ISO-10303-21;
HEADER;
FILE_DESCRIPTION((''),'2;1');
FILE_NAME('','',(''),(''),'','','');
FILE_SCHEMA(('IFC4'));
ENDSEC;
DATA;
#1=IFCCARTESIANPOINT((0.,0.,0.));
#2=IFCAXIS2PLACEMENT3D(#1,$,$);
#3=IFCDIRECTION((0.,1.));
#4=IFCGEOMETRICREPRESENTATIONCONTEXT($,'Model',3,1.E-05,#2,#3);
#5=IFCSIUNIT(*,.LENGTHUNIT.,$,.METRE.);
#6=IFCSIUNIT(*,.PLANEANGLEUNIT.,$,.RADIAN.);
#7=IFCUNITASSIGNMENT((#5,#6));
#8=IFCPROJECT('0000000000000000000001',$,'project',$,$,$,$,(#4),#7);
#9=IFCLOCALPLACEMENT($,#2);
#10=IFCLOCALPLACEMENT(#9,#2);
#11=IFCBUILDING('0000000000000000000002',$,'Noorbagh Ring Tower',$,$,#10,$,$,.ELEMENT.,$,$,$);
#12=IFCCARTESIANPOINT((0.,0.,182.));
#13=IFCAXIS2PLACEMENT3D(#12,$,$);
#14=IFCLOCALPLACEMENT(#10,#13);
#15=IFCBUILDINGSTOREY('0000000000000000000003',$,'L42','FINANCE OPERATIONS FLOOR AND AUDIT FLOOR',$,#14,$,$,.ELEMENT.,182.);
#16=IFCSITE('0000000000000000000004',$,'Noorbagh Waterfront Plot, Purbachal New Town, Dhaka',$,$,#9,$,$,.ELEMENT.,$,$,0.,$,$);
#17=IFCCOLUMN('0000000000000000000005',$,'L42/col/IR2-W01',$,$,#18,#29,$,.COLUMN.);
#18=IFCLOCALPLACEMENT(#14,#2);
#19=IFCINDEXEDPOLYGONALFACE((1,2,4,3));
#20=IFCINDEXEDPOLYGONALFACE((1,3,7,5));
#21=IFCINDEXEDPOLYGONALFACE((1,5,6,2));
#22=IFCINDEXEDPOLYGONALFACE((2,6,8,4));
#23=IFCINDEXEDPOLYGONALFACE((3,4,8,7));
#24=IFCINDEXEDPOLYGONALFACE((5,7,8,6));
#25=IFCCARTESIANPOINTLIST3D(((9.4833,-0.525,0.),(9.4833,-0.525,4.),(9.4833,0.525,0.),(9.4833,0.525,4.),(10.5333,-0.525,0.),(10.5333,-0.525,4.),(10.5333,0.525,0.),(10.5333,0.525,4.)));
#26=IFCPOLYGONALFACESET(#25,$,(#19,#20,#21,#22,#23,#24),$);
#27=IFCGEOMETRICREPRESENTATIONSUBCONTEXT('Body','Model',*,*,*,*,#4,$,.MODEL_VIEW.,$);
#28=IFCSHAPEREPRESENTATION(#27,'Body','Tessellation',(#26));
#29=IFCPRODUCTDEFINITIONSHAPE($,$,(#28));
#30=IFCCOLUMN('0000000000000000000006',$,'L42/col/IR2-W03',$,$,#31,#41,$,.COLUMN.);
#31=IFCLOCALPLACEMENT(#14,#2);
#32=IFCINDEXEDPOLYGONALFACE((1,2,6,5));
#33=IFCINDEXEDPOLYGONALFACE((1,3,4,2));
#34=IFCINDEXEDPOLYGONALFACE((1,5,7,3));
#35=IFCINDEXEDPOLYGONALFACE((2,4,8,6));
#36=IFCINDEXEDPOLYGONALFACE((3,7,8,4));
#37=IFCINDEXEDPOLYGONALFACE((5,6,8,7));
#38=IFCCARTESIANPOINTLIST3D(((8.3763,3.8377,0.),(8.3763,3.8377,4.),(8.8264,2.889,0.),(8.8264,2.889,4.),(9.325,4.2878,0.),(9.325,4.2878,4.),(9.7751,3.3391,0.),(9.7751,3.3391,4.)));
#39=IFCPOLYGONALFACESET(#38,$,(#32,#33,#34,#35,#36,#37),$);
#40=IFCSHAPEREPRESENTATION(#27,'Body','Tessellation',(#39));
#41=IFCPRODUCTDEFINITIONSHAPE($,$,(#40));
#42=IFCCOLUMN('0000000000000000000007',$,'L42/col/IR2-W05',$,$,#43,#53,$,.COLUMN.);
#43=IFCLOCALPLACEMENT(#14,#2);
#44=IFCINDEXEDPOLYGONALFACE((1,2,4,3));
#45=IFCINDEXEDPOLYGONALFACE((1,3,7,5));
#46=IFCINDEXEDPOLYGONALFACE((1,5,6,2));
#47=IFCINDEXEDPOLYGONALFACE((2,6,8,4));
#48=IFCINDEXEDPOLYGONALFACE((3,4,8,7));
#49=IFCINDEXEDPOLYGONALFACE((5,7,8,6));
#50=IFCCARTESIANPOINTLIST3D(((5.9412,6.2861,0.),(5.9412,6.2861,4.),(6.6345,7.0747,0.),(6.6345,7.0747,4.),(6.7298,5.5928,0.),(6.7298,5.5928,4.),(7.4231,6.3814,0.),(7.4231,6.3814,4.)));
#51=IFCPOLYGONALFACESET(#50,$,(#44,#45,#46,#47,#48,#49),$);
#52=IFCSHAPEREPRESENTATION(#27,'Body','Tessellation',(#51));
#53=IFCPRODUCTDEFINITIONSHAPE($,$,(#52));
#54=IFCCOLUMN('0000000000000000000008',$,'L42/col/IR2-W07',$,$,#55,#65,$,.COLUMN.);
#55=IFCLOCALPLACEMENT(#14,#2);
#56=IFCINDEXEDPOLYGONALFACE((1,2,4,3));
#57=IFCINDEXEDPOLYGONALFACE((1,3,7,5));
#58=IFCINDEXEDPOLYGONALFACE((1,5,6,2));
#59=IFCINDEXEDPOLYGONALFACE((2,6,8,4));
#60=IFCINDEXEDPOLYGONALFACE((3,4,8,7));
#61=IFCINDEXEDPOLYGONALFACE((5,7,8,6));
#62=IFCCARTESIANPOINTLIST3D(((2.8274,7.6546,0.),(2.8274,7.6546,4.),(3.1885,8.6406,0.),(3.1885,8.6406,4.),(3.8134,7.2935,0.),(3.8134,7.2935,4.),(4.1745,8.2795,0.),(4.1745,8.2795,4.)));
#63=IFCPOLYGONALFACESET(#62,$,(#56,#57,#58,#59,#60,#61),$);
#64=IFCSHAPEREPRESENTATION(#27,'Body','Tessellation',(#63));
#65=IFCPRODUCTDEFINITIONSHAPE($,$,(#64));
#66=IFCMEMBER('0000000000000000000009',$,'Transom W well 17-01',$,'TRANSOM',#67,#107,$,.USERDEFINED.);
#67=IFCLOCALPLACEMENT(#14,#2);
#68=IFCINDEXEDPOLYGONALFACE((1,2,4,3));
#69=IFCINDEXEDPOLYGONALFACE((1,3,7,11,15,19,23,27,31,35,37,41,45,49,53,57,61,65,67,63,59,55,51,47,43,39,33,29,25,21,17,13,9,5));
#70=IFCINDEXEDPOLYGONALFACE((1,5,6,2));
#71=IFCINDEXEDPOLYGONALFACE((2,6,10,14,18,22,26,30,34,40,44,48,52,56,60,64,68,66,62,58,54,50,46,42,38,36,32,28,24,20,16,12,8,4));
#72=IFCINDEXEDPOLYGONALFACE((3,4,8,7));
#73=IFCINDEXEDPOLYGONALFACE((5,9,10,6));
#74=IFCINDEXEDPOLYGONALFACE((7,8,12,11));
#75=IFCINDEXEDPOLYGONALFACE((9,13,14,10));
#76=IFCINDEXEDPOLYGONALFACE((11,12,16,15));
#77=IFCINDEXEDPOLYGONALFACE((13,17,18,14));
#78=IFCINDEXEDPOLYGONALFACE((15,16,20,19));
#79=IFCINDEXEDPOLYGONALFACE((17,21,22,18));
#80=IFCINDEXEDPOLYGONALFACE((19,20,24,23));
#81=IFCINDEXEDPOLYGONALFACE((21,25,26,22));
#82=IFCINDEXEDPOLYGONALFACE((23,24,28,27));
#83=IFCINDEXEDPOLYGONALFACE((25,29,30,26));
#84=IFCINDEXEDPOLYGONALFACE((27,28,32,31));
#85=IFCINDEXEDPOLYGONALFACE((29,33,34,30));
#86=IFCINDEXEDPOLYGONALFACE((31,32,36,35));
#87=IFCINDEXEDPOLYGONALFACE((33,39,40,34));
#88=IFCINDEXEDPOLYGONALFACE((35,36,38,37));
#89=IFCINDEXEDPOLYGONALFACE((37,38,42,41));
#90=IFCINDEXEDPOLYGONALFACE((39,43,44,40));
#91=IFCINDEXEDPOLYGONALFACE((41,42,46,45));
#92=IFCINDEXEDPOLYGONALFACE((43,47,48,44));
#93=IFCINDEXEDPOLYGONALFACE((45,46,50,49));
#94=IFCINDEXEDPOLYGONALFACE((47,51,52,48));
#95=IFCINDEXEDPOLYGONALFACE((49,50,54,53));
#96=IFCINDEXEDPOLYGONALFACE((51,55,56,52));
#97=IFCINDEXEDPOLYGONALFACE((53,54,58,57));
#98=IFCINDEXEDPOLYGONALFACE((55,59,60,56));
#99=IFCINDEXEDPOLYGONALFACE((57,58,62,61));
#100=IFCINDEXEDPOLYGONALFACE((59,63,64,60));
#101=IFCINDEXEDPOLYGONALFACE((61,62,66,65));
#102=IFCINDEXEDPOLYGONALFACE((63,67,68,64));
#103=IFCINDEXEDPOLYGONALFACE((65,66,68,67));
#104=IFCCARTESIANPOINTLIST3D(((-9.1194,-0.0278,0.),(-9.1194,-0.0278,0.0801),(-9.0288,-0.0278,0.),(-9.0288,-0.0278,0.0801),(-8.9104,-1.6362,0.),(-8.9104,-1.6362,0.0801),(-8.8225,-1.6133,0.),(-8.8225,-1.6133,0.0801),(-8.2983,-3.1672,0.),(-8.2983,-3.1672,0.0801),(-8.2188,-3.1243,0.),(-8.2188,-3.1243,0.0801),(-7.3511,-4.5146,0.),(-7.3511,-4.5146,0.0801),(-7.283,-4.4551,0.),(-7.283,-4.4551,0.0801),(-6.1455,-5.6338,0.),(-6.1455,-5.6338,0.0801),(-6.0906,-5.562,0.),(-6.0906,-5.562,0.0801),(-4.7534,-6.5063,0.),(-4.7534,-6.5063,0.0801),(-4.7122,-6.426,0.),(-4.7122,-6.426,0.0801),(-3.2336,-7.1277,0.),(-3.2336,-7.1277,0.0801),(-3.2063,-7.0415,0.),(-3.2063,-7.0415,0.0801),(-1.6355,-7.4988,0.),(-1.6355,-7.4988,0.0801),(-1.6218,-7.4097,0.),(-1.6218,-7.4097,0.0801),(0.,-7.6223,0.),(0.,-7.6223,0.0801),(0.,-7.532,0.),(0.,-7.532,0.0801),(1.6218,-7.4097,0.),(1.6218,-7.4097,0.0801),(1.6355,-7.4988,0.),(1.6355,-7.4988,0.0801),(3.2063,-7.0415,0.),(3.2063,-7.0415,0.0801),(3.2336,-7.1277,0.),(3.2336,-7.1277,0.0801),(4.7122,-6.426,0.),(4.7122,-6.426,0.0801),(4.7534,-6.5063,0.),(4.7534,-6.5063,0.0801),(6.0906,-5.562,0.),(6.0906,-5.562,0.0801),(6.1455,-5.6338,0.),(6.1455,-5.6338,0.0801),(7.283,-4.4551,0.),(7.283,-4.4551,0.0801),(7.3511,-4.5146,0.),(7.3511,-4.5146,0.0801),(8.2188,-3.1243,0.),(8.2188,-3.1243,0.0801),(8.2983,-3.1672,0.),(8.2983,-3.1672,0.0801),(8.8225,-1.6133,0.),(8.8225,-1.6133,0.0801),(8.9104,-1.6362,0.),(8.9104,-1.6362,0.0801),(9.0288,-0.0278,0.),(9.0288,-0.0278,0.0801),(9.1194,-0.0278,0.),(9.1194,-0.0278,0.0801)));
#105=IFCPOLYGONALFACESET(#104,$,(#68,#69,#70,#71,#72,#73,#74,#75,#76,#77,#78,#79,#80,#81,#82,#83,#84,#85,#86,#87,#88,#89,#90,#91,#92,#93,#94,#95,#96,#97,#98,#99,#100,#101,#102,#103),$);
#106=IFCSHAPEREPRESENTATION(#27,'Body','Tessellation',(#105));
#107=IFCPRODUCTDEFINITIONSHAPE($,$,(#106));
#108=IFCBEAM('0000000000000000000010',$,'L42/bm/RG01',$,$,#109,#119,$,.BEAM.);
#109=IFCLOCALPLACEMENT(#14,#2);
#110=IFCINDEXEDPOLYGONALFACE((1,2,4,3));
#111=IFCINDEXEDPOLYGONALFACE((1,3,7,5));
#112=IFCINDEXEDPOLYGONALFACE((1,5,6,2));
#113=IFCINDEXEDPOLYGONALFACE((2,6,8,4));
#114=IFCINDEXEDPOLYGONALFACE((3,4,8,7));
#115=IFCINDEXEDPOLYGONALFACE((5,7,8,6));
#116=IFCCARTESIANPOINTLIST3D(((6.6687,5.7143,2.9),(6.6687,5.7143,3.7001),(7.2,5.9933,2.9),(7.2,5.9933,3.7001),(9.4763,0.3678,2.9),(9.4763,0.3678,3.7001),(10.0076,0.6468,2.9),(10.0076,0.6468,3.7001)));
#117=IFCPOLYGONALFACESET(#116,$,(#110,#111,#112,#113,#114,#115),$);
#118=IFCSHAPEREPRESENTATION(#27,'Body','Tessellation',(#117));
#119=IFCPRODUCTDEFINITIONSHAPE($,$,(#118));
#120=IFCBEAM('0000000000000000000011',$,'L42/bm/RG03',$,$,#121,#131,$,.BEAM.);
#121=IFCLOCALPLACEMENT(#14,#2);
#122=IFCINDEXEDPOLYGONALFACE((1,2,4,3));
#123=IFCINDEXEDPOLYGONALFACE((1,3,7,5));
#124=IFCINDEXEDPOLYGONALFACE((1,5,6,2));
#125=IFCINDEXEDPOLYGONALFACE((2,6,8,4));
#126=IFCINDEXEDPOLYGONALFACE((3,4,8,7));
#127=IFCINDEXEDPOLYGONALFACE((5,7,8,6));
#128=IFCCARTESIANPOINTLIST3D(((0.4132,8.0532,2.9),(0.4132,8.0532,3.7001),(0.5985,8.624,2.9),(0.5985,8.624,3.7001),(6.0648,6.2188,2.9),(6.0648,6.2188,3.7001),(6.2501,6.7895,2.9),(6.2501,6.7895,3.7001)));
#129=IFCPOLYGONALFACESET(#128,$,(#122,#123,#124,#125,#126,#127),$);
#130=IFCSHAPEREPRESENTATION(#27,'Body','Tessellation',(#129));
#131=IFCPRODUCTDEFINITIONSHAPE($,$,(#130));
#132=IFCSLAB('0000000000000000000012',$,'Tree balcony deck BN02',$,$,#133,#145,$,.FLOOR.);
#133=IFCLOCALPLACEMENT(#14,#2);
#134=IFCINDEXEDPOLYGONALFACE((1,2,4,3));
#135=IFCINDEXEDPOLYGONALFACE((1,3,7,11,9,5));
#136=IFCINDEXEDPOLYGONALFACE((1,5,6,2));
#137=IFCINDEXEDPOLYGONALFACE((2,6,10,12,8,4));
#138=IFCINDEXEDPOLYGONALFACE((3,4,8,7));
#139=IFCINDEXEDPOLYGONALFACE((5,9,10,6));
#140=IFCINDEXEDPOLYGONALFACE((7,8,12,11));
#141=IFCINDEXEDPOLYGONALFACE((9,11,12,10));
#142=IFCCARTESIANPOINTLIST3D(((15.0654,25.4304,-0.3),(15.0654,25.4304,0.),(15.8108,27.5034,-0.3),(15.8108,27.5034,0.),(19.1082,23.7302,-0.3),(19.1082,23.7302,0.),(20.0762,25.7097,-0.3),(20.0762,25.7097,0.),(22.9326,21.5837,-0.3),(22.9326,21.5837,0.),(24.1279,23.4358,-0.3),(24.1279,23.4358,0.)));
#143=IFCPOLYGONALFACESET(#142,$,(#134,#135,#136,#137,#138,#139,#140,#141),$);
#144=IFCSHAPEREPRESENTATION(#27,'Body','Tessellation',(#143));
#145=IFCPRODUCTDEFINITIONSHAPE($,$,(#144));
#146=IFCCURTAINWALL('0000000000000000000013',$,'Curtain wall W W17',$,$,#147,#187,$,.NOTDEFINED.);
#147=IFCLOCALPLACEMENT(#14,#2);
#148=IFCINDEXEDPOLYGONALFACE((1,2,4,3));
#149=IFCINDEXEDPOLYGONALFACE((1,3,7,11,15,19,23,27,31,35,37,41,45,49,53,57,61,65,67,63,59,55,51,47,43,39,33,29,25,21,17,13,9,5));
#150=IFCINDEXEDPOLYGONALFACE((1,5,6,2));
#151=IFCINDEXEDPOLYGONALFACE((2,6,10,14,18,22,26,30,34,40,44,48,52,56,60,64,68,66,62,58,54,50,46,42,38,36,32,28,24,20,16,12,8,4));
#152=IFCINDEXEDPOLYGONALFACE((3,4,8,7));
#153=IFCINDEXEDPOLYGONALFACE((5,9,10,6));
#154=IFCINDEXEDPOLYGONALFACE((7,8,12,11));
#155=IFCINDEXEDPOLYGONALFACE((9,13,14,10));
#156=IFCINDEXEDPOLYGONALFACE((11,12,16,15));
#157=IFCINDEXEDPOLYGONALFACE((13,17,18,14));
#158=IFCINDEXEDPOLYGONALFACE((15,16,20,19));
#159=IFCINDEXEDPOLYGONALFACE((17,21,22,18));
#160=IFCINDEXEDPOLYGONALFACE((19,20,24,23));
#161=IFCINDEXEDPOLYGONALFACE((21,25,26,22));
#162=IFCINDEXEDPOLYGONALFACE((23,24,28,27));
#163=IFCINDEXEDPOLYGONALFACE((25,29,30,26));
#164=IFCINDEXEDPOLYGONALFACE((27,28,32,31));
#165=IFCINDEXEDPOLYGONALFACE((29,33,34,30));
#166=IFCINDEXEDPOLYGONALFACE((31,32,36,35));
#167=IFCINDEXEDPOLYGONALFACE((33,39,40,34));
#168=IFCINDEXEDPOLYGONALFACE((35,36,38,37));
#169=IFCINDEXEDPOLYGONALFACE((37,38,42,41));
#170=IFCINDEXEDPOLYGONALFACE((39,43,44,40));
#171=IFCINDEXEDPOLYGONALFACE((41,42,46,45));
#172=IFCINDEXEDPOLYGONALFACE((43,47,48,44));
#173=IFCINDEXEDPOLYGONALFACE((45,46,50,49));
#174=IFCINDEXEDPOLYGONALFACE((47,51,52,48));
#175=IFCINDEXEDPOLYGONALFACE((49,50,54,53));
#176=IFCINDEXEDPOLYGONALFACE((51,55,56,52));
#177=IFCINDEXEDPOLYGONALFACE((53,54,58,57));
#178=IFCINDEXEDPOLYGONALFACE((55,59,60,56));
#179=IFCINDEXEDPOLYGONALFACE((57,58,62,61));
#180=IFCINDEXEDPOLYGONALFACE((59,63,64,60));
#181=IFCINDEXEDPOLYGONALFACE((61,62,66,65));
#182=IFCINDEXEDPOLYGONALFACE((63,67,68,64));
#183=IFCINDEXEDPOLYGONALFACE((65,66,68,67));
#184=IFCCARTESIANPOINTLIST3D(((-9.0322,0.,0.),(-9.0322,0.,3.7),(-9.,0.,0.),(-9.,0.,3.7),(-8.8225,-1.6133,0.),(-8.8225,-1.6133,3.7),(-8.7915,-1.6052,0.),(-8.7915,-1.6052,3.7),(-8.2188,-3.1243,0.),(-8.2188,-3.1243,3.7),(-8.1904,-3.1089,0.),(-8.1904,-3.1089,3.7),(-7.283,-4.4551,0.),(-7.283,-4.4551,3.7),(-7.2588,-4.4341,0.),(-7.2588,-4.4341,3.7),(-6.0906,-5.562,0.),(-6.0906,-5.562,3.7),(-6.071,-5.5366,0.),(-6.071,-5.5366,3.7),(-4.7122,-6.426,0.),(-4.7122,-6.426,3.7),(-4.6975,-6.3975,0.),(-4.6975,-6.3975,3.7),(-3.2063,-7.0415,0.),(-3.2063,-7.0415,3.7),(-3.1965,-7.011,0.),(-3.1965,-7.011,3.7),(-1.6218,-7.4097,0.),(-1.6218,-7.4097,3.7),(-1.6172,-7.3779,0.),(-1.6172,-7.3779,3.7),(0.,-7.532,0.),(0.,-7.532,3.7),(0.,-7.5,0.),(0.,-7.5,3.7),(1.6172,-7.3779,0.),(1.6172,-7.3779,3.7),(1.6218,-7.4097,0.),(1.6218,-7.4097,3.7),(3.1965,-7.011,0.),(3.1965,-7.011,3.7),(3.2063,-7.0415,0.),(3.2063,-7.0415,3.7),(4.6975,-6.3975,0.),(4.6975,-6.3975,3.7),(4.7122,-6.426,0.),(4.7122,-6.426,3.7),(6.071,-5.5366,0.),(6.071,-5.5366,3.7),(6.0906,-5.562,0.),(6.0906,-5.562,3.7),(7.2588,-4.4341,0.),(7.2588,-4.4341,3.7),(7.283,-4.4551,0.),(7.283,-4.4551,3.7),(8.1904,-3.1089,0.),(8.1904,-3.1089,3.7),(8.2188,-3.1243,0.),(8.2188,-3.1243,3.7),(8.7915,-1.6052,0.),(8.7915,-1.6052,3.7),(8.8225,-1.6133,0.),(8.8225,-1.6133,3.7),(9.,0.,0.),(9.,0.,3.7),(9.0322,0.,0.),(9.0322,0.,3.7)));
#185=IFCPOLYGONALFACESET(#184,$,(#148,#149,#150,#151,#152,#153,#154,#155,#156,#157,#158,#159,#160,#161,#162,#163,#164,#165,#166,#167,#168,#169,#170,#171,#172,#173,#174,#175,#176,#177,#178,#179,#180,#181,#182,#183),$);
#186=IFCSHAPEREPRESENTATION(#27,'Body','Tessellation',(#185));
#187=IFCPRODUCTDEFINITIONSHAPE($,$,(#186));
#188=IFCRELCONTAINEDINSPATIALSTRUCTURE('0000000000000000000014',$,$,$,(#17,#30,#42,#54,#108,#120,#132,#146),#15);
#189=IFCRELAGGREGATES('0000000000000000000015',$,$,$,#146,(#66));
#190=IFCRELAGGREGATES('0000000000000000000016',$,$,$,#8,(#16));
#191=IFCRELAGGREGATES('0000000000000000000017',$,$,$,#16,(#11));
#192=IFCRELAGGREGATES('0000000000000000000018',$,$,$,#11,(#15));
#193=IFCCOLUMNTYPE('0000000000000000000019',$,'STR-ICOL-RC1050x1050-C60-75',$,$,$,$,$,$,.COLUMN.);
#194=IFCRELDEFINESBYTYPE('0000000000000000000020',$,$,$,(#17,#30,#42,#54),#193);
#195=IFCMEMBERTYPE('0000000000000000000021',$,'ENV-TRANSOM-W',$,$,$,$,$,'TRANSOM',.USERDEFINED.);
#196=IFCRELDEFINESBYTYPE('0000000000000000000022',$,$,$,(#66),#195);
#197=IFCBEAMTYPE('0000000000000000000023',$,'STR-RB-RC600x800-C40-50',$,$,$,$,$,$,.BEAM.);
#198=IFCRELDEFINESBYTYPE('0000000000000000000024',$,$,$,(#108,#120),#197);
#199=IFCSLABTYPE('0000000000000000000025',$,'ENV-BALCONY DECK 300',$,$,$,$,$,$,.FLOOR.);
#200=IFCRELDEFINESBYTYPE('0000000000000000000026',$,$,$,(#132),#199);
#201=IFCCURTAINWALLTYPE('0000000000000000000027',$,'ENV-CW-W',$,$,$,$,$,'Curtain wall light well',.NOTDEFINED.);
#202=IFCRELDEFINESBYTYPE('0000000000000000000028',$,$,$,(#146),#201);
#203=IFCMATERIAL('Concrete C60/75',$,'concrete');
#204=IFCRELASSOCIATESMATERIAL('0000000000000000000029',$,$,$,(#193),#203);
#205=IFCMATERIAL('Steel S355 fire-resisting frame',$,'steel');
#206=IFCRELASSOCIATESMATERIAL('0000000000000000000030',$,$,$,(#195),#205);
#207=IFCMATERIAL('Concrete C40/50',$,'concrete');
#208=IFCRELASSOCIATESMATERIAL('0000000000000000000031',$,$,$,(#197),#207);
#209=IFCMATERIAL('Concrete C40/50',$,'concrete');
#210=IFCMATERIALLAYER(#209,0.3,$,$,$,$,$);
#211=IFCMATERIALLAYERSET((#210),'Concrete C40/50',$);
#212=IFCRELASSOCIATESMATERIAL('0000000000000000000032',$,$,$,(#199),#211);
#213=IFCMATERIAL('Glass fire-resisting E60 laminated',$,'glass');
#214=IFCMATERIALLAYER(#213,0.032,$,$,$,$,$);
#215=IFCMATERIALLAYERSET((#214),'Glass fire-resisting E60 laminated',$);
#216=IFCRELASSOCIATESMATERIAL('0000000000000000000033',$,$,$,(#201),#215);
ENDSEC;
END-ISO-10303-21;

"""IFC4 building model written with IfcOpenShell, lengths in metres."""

from ifc_helpers import new_model, si_unit, direction, frame, origin, origin_2d, place, context, subcontext, project, spatial, polyline, rectangle, outline, extrude, material, layer, layer_set, material_profile, profile_set, type_object, element, aggregate, save


model = new_model("IFC4")

# Units and contexts
model_context = context("Model", 3, precision=1e-05, world=origin(), true_north=direction((0.0, 1.0)))
body_context = subcontext(model_context, "Body", "Model", "MODEL_VIEW")
ifc_project = project(units=[si_unit("LENGTHUNIT", "METRE"), si_unit("PLANEANGLEUNIT", "RADIAN")], contexts=[model_context])

# Site, building, storey
site_placement = place(None, origin())
site = spatial("IfcSite", under=ifc_project, at=site_placement, Name="Noorbagh Waterfront Plot, Purbachal New Town, Dhaka", CompositionType="ELEMENT", RefElevation=0.0)
building_placement = place(site_placement, origin())
building = spatial("IfcBuilding", under=site, at=building_placement, Name="Noorbagh Ring Tower", CompositionType="ELEMENT")
storey_placement = place(building_placement, frame((0.0, 0.0, 182.0)))
storey = spatial("IfcBuildingStorey", under=building, at=storey_placement, Name="L42", Description="FINANCE OPERATIONS FLOOR AND AUDIT FLOOR", CompositionType="ELEMENT", Elevation=182.0)

# Columns
ifc_material_1 = material(Name="Concrete C60/75", Category="concrete")
ifc_material_profile_1 = material_profile(ifc_material_1, rectangle(XDim=1.05, YDim=1.05, at=origin_2d()), Name="RC1050x1050")
ifc_profile_set_1 = profile_set([ifc_material_profile_1], Name="Concrete C60/75")
column_type = type_object("IfcColumnType", Name="STR-ICOL-RC1050x1050-C60-75", PredefinedType="COLUMN", material=ifc_profile_set_1)
for number, where, z_axis, x_axis, name in (
    (1, (10.0083, 0.0, 0.0), (0.0, 0.0, 1.0), (0.0, 1.0, 0.0), "L42/col/IR2-W01"),
    (2, (9.0757, 3.5884, 0.0), (0.0, 0.0, 1.0), (-0.428667, 0.903463, 0.0), "L42/col/IR2-W03"),
    (3, (6.6821, 6.3337, 0.0), (0.0, 0.0, 1.0), (-0.751022, 0.660277, 0.0), "L42/col/IR2-W05"),
    (4, (3.501, 7.967, 0.0), (0.0, 0.0, 1.0), (-0.93902, 0.343864, 0.0), "L42/col/IR2-W07"),
):
    element("IfcColumn", number, at=place(storey_placement, frame(where, z_axis=z_axis, x_axis=x_axis)), inside=storey, type_object=column_type, Name=name, PredefinedType="COLUMN", context=body_context, shape_type="SweptSolid", body=[
        extrude(rectangle(XDim=1.05, YDim=1.05, at=origin_2d()), origin(), (0.0, 0.0, 1.0), 4.0),
    ])

# Member
ifc_material_2 = material(Name="Steel S355 fire-resisting frame", Category="steel")
member_type = type_object("IfcMemberType", Name="ENV-TRANSOM-W", ElementType="TRANSOM", PredefinedType="USERDEFINED", material=ifc_material_2)
member_placement = place(storey_placement, origin())
member = element("IfcMember", 5, at=member_placement, type_object=member_type, Name="Transom W well 17-01", ObjectType="TRANSOM", PredefinedType="USERDEFINED", context=body_context, shape_type="SweptSolid", body=[
    extrude(outline(polyline([(-9.1194, -0.0278), (-8.9104, -1.6362), (-8.2983, -3.1672), (-7.3511, -4.5146), (-6.1455, -5.6338), (-4.7534, -6.5063), (-3.2336, -7.1277), (-1.6355, -7.4988), (0.0, -7.6223), (1.6355, -7.4988), (3.2336, -7.1277), (4.7534, -6.5063), (6.1455, -5.6338), (7.3511, -4.5146), (8.2983, -3.1672), (8.9104, -1.6362), (9.1194, -0.0278), (9.0288, -0.0278), (8.8225, -1.6133), (8.2188, -3.1243), (7.283, -4.4551), (6.0906, -5.562), (4.7122, -6.426), (3.2063, -7.0415), (1.6218, -7.4097), (0.0, -7.532), (-1.6218, -7.4097), (-3.2063, -7.0415), (-4.7122, -6.426), (-6.0906, -5.562), (-7.283, -4.4551), (-8.2188, -3.1243), (-8.8225, -1.6133), (-9.0288, -0.0278), (-9.1194, -0.0278)])), origin(), (0.0, 0.0, 1.0), 0.0801),
])

# Beams
ifc_material_3 = material(Name="Concrete C40/50", Category="concrete")
ifc_material_profile_2 = material_profile(ifc_material_3, rectangle(XDim=0.6001, YDim=0.8, at=origin_2d()), Name="RC600x800")
ifc_profile_set_2 = profile_set([ifc_material_profile_2], Name="Concrete C40/50")
beam_type = type_object("IfcBeamType", Name="STR-RB-RC600x800-C40-50", PredefinedType="BEAM", material=ifc_profile_set_2)
beam_1_placement = place(storey_placement, frame((9.7419, 0.5073, 3.3), z_axis=(-0.46493, 0.885348, 0.0), x_axis=(-0.885348, -0.46493, 0.0)))
element("IfcBeam", 6, at=beam_1_placement, inside=storey, type_object=beam_type, Name="L42/bm/RG01", PredefinedType="BEAM", context=body_context, shape_type="SweptSolid", body=[
    extrude(rectangle(XDim=0.6001, YDim=0.8, at=origin_2d()), origin(), (0.0, 0.0, 1.0), 6.0388),
])
beam_2_placement = place(storey_placement, frame((6.1575, 6.5042, 3.3), z_axis=(-0.951148, 0.308736, 0.0), x_axis=(-0.308736, -0.951148, 0.0)))
element("IfcBeam", 7, at=beam_2_placement, inside=storey, type_object=beam_type, Name="L42/bm/RG03", PredefinedType="BEAM", context=body_context, shape_type="SweptSolid", body=[
    extrude(rectangle(XDim=0.6001, YDim=0.8, at=origin_2d()), origin(), (0.0, 0.0, 1.0), 5.9419),
])

# Slab
ifc_material_4 = material(Name="Concrete C40/50", Category="concrete")
ifc_layer_1 = layer(ifc_material_4, 0.3)
ifc_layer_set_1 = layer_set([ifc_layer_1], Name="Concrete C40/50")
slab_type = type_object("IfcSlabType", Name="ENV-BALCONY DECK 300", PredefinedType="FLOOR", material=ifc_layer_set_1)
slab_1_placement = place(storey_placement, frame((0.0, 0.0, -0.3)))
element("IfcSlab", 8, at=slab_1_placement, inside=storey, type_object=slab_type, Name="Tree balcony deck BN02", PredefinedType="FLOOR", context=body_context, shape_type="SweptSolid", body=[
    extrude(outline(polyline([(24.1279, 23.4358), (20.0762, 25.7097), (15.8108, 27.5034), (15.0654, 25.4304), (19.1082, 23.7302), (22.9326, 21.5837), (24.1279, 23.4358)])), origin(), (0.0, 0.0, 1.0), 0.3),
])

# Curtain wall
ifc_material_5 = material(Name="Glass fire-resisting E60 laminated", Category="glass")
ifc_layer_2 = layer(ifc_material_5, 0.032)
ifc_layer_set_2 = layer_set([ifc_layer_2], Name="Glass fire-resisting E60 laminated")
curtain_wall_type = type_object("IfcCurtainWallType", Name="ENV-CW-W", ElementType="Curtain wall light well", PredefinedType="NOTDEFINED", material=ifc_layer_set_2)
curtain_wall_placement = place(storey_placement, origin())
curtain_wall = element("IfcCurtainWall", 9, at=curtain_wall_placement, inside=storey, type_object=curtain_wall_type, Name="Curtain wall W W17", PredefinedType="NOTDEFINED", context=body_context, shape_type="SweptSolid", body=[
    extrude(outline(polyline([(-9.0322, 0.0), (-8.8225, -1.6133), (-8.2188, -3.1243), (-7.283, -4.4551), (-6.0906, -5.562), (-4.7122, -6.426), (-3.2063, -7.0415), (-1.6218, -7.4097), (0.0, -7.532), (1.6218, -7.4097), (3.2063, -7.0415), (4.7122, -6.426), (6.0906, -5.562), (7.283, -4.4551), (8.2188, -3.1243), (8.8225, -1.6133), (9.0322, 0.0), (9.0, 0.0), (8.7915, -1.6052), (8.1904, -3.1089), (7.2588, -4.4341), (6.071, -5.5366), (4.6975, -6.3975), (3.1965, -7.011), (1.6172, -7.3779), (0.0, -7.5), (-1.6172, -7.3779), (-3.1965, -7.011), (-4.6975, -6.3975), (-6.071, -5.5366), (-7.2588, -4.4341), (-8.1904, -3.1089), (-8.7915, -1.6052), (-9.0, 0.0), (-9.0322, 0.0)])), origin(), (0.0, 0.0, 1.0), 3.7),
])
aggregate(curtain_wall, [member])

save(model, "model.ifc")
